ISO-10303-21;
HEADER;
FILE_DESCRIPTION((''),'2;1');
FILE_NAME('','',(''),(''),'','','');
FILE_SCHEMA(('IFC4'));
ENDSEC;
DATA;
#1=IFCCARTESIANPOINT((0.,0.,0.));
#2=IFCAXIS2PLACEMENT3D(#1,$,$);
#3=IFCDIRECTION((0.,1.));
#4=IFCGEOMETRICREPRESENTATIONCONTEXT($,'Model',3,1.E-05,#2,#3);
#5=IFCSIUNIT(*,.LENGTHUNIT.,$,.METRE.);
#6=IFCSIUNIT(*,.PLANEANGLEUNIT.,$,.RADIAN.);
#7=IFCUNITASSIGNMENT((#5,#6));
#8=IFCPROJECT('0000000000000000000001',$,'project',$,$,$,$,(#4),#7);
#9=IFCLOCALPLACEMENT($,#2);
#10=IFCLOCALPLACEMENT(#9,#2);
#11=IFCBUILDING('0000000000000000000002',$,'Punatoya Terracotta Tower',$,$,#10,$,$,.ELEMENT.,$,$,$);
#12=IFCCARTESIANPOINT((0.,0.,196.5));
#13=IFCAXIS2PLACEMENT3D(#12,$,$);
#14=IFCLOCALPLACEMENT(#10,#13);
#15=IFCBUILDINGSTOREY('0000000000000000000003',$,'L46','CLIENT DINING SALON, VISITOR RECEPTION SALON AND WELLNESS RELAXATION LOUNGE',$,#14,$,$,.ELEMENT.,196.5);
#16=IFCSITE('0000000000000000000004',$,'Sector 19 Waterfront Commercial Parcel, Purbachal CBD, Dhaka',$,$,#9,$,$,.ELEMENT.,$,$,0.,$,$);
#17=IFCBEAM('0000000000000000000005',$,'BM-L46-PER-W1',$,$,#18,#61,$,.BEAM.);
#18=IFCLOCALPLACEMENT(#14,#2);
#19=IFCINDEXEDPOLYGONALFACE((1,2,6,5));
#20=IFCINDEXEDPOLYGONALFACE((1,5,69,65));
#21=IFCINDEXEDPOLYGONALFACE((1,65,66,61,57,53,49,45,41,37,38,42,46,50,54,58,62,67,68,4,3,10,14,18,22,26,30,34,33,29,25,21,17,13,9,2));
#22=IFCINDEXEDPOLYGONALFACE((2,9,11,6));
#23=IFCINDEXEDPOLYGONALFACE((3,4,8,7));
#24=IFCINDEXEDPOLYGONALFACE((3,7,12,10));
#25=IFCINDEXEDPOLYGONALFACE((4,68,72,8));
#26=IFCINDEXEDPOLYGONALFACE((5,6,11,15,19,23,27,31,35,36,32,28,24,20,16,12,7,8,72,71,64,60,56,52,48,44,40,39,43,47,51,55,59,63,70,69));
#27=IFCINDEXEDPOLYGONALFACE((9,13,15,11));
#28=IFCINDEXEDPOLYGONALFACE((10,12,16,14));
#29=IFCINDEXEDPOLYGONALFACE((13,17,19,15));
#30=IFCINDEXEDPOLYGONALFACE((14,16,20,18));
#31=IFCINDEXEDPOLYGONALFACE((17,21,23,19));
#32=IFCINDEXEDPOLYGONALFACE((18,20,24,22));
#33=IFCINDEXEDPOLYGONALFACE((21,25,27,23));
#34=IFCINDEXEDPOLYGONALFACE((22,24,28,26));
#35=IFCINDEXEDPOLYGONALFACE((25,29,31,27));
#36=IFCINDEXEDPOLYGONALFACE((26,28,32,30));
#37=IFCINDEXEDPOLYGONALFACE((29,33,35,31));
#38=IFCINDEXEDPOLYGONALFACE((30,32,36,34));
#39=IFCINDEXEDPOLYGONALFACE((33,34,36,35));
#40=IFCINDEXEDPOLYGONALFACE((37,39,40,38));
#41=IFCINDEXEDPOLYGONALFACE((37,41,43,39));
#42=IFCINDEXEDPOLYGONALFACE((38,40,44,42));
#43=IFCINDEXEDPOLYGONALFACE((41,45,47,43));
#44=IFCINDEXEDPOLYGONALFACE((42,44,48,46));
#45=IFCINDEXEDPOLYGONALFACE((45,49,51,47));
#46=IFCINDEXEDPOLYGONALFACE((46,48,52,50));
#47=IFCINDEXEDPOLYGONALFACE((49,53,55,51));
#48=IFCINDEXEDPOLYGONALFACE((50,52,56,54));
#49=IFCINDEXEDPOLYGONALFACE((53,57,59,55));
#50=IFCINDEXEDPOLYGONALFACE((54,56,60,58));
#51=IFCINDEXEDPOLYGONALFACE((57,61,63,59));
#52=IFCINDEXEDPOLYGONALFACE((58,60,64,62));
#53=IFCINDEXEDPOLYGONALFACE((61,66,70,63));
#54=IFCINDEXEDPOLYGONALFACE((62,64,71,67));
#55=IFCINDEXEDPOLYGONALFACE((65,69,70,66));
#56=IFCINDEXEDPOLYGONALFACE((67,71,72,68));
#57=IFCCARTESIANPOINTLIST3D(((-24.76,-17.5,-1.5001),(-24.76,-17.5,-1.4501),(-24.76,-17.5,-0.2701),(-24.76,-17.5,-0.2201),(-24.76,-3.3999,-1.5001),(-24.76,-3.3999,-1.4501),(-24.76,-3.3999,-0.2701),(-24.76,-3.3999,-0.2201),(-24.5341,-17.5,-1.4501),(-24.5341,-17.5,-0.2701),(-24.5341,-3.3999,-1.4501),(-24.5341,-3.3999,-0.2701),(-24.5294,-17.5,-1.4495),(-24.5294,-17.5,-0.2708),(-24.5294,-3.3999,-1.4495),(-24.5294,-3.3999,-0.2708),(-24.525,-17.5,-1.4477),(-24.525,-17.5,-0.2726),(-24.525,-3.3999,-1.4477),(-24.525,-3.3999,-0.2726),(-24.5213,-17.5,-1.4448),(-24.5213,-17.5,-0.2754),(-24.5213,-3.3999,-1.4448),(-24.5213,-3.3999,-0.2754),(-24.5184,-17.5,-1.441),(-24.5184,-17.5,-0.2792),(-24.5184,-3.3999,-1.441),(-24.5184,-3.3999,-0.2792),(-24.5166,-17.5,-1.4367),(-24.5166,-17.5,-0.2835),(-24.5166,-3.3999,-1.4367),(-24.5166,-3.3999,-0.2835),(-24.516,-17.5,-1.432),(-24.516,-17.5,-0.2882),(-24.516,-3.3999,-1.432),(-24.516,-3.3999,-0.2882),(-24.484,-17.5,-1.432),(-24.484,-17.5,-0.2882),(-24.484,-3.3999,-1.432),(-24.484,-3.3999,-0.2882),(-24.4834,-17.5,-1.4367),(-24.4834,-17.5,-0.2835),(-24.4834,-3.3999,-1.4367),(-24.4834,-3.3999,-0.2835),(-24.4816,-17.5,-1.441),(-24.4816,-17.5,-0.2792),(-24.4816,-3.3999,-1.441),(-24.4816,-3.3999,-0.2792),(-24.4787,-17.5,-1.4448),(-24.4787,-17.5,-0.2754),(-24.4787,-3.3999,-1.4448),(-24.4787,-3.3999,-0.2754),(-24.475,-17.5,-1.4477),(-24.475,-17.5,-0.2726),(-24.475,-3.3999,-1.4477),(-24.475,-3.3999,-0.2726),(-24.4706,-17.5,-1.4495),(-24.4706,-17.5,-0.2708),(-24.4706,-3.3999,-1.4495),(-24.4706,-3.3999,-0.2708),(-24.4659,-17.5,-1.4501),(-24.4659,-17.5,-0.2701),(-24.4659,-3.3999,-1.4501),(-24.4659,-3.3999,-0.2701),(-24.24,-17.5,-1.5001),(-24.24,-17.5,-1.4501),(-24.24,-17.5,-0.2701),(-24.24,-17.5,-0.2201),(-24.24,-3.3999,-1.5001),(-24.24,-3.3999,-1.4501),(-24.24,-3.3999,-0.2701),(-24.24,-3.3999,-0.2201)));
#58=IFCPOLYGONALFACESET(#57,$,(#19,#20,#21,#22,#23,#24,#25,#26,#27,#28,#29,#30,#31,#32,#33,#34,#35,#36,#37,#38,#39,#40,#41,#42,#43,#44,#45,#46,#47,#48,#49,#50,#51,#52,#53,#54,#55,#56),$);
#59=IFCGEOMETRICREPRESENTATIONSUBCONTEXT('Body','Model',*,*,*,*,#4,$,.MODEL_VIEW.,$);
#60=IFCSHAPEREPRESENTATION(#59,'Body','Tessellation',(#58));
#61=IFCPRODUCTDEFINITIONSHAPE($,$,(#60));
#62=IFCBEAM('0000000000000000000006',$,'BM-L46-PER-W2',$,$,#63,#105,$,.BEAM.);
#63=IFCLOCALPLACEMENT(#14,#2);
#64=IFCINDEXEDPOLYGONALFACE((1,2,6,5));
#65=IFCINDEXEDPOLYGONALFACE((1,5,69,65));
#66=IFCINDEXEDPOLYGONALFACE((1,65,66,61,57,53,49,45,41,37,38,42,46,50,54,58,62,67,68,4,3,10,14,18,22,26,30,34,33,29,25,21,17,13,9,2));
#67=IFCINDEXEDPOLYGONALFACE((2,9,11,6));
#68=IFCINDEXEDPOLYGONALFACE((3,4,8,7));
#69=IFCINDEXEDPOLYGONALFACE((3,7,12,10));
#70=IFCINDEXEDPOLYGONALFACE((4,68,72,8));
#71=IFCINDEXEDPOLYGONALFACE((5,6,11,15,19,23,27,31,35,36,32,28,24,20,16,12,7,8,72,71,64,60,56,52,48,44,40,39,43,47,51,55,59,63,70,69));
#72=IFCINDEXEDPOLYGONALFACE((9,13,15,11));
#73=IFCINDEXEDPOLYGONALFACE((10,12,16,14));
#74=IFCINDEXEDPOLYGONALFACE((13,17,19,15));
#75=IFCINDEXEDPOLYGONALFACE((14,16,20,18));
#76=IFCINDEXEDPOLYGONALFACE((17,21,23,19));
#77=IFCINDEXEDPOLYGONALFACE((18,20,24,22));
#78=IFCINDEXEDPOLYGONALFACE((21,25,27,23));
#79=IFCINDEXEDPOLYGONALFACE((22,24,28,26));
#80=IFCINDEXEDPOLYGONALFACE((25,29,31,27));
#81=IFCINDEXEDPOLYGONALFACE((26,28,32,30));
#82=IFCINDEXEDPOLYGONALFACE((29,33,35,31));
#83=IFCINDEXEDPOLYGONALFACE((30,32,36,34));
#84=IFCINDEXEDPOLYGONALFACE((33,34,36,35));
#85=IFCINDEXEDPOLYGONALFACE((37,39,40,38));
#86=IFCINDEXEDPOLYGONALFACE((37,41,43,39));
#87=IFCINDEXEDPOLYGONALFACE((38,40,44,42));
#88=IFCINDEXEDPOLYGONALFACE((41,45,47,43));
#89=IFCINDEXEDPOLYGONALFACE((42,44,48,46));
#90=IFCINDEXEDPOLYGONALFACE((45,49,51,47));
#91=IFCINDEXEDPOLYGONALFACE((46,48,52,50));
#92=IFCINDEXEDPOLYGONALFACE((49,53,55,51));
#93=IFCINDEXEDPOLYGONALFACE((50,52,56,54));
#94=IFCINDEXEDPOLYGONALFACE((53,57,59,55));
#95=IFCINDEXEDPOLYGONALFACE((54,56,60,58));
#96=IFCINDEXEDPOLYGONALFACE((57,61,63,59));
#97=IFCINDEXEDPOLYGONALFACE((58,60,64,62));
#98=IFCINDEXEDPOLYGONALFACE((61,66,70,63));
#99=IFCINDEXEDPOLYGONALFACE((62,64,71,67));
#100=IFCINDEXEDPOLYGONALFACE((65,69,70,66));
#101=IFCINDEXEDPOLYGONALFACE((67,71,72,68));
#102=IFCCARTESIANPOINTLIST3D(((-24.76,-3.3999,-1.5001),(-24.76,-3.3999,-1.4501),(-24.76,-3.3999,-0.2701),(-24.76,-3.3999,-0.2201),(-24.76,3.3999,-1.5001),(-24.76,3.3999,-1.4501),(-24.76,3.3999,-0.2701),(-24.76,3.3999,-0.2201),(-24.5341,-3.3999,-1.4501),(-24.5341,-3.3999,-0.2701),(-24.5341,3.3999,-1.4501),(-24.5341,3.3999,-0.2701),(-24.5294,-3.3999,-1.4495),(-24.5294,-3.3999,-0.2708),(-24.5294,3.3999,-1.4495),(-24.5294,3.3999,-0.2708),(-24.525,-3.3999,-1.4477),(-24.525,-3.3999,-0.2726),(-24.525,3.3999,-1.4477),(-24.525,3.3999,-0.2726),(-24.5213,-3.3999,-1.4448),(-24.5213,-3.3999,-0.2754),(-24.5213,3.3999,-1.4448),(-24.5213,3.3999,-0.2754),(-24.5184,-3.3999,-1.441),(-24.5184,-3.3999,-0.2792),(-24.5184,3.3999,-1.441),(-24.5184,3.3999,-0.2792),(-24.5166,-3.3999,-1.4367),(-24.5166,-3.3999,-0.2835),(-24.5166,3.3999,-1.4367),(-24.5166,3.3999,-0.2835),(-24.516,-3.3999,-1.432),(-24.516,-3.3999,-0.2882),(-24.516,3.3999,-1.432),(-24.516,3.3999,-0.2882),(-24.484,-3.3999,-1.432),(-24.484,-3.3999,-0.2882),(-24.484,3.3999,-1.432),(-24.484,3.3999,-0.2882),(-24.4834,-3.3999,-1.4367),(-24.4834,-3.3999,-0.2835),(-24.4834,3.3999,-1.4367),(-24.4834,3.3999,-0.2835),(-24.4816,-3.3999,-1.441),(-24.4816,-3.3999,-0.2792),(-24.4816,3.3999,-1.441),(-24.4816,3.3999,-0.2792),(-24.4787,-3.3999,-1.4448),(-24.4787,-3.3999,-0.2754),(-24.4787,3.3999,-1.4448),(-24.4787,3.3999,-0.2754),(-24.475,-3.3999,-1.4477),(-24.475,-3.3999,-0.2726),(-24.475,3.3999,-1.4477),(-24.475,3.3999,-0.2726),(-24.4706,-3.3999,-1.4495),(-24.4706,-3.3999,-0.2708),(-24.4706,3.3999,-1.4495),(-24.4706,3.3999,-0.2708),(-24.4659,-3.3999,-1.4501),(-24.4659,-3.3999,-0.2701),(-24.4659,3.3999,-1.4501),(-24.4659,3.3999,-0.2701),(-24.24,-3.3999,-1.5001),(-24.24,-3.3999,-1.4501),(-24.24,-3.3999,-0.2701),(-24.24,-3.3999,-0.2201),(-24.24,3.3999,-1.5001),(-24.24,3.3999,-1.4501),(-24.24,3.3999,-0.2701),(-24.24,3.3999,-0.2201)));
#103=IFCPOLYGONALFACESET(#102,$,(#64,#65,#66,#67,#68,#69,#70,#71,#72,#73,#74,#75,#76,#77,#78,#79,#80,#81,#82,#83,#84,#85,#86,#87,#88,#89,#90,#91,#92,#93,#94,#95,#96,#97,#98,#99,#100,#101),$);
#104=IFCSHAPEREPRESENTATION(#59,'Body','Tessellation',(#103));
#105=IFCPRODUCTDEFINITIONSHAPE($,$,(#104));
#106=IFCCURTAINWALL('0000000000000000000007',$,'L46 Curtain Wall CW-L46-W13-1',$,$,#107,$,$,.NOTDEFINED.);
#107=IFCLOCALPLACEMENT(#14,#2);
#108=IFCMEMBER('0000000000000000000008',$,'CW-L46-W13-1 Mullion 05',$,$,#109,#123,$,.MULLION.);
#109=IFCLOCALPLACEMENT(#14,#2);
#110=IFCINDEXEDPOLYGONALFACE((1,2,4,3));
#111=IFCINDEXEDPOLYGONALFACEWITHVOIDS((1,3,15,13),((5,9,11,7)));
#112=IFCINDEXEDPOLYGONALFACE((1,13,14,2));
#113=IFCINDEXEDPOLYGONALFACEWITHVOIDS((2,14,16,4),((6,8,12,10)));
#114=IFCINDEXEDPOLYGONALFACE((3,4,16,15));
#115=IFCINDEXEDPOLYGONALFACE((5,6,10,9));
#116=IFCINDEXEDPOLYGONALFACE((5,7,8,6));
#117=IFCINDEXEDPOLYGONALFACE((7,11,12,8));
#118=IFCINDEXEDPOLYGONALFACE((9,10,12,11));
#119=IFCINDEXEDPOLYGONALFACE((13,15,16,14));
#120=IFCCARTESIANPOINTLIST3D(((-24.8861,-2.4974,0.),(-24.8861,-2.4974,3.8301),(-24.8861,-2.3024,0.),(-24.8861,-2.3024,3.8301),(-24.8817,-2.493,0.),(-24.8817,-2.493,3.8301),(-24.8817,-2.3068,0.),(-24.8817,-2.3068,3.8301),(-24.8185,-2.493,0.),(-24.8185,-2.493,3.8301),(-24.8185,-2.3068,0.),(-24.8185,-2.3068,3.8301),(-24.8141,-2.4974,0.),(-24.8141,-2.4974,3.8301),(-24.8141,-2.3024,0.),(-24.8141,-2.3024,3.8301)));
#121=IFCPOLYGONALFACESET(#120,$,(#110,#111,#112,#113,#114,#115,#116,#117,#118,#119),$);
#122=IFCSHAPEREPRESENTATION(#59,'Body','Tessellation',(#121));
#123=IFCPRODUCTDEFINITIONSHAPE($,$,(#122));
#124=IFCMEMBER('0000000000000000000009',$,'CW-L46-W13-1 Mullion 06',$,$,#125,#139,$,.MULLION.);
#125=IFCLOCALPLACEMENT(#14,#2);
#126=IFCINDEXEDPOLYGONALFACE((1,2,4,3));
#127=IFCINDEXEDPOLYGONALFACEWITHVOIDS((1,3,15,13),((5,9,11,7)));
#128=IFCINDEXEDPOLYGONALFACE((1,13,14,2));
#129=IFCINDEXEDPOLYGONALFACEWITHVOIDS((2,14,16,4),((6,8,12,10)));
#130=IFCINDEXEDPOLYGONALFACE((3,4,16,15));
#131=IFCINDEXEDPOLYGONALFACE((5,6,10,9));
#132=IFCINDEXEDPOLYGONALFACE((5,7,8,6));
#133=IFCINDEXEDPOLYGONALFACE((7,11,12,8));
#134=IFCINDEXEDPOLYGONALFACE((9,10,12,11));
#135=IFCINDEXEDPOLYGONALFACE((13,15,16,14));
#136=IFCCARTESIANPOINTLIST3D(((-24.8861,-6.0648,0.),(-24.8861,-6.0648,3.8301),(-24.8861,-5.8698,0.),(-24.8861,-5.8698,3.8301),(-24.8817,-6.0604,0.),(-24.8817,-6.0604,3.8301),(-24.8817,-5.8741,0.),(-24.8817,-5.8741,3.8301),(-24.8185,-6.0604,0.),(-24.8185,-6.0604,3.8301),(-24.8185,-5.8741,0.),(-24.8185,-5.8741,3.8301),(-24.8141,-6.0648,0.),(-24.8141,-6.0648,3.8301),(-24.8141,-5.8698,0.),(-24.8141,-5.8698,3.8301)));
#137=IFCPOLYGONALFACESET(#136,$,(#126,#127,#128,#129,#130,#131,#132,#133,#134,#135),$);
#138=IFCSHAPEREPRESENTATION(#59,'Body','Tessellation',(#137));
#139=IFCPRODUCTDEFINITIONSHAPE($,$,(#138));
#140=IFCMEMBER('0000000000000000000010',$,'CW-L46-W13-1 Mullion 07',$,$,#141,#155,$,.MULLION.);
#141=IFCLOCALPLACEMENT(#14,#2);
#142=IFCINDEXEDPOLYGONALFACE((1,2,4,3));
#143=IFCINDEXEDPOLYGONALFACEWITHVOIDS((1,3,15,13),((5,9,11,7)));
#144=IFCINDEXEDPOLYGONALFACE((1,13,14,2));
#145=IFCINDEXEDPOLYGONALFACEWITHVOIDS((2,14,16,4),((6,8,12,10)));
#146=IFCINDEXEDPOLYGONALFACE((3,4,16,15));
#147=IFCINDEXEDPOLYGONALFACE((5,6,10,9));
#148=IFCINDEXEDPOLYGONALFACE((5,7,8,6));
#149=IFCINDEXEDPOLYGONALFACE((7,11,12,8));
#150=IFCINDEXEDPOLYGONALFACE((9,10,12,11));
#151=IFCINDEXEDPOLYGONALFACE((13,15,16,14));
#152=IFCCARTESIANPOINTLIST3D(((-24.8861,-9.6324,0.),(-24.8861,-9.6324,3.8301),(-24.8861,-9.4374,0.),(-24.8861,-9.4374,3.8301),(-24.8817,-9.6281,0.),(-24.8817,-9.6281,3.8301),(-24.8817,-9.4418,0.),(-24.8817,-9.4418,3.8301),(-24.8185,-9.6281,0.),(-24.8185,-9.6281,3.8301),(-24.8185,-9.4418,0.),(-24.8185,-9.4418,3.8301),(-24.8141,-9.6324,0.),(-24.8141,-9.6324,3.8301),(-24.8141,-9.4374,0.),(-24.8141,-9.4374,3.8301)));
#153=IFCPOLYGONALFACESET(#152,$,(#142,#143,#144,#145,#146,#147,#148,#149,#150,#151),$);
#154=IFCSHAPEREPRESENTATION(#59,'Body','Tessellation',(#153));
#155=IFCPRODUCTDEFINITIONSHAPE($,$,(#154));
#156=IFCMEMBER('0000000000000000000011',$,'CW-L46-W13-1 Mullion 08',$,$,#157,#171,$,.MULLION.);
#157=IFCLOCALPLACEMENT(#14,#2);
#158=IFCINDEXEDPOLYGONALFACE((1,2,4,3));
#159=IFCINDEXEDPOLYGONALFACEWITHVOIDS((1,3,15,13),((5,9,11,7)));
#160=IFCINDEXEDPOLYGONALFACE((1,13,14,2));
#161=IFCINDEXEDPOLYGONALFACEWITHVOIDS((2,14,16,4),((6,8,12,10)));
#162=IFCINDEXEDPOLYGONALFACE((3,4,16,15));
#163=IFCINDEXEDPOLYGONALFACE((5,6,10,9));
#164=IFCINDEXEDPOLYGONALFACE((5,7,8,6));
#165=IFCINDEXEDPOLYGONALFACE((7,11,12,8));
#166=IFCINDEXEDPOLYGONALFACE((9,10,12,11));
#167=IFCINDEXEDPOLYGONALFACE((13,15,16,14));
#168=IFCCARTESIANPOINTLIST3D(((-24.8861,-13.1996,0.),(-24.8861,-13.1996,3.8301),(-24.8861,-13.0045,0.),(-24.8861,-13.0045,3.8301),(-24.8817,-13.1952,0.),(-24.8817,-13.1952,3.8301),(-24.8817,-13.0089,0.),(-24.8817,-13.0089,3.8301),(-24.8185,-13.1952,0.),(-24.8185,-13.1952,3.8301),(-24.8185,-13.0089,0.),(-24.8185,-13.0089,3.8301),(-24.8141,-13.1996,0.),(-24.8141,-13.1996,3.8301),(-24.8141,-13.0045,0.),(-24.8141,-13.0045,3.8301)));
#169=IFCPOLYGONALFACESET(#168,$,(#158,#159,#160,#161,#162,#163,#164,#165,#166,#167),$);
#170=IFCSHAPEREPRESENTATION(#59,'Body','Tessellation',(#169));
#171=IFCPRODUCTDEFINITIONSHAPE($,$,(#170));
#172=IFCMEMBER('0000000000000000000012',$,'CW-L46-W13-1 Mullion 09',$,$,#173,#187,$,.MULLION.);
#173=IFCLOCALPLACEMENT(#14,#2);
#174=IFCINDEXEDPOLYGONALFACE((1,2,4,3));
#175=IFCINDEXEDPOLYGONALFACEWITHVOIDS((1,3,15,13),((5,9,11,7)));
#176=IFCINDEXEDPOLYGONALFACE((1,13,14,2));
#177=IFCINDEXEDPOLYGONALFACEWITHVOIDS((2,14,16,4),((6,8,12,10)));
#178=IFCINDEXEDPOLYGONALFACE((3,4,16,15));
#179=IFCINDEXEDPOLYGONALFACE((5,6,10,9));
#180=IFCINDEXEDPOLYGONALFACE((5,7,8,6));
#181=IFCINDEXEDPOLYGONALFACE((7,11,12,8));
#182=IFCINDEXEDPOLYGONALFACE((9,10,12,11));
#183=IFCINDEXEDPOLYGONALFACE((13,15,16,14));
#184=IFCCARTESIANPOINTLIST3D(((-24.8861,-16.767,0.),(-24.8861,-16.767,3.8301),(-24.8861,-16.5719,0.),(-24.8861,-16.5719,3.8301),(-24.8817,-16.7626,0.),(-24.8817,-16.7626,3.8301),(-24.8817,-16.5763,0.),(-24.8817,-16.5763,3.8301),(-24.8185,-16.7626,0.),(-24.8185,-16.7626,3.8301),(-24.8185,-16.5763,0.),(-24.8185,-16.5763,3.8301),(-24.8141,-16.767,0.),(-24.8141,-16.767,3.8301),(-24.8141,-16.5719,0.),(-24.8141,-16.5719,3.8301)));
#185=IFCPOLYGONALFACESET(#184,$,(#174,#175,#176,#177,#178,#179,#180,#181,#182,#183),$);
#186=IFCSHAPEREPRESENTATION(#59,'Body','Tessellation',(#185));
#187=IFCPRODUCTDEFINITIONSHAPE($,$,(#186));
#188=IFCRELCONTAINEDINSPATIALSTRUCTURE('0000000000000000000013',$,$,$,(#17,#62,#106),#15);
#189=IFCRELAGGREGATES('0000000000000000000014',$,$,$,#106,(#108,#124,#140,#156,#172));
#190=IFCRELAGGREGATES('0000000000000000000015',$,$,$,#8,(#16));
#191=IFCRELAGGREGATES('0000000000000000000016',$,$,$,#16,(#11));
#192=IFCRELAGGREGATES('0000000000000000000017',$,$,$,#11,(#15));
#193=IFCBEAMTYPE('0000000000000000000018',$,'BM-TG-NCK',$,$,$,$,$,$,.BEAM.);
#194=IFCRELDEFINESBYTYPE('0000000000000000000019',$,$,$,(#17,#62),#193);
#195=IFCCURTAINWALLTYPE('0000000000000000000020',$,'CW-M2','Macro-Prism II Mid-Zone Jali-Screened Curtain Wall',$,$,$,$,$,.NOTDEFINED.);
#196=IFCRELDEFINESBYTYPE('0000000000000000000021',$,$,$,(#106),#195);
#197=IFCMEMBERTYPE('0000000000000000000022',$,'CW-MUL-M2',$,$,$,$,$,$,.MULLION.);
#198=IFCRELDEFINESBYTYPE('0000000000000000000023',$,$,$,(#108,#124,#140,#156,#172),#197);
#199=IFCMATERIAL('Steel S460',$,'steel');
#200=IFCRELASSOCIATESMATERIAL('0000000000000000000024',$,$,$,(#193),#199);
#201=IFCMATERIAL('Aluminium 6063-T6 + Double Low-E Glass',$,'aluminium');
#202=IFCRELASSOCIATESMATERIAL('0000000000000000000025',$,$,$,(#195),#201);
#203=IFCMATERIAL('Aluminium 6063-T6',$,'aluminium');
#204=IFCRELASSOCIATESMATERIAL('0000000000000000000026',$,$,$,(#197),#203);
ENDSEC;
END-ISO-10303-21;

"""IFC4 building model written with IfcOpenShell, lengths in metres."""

from ifc_helpers import new_model, si_unit, direction, frame, origin, origin_2d, place, context, subcontext, project, spatial, hollow_rectangle, i_section, extrude, material, material_profile, profile_set, type_object, element, aggregate, save


model = new_model("IFC4")

# Units and contexts
model_context = context("Model", 3, precision=1e-05, world=origin(), true_north=direction((0.0, 1.0)))
body_context = subcontext(model_context, "Body", "Model", "MODEL_VIEW")
ifc_project = project(units=[si_unit("LENGTHUNIT", "METRE"), si_unit("PLANEANGLEUNIT", "RADIAN")], contexts=[model_context])

# Site, building, storey
site_placement = place(None, origin())
site = spatial("IfcSite", under=ifc_project, at=site_placement, Name="Sector 19 Waterfront Commercial Parcel, Purbachal CBD, Dhaka", CompositionType="ELEMENT", RefElevation=0.0)
building_placement = place(site_placement, origin())
building = spatial("IfcBuilding", under=site, at=building_placement, Name="Punatoya Terracotta Tower", CompositionType="ELEMENT")
storey_placement = place(building_placement, frame((0.0, 0.0, 196.5)))
storey = spatial("IfcBuildingStorey", under=building, at=storey_placement, Name="L46", Description="CLIENT DINING SALON, VISITOR RECEPTION SALON AND WELLNESS RELAXATION LOUNGE", CompositionType="ELEMENT", Elevation=196.5)

# Shared definitions
ifc_material_1 = material(Name="Steel S460", Category="steel")

# Beams
ifc_material_profile_1 = material_profile(ifc_material_1, i_section(OverallWidth=0.52, OverallDepth=1.28, WebThickness=0.032, FlangeThickness=0.05, FilletRadius=0.0181, at=origin_2d()))
ifc_profile_set_1 = profile_set([ifc_material_profile_1], Name="Steel S460")
beam_type_1 = type_object("IfcBeamType", Name="BM-TG-NCK", PredefinedType="BEAM", material=ifc_profile_set_1)
beam_1_placement = place(storey_placement, frame((-24.5, -17.5, -0.8601), z_axis=(0.0, 1.0, 0.0), x_axis=(-1.0, 0.0, 0.0)))
element("IfcBeam", 1, at=beam_1_placement, inside=storey, type_object=beam_type_1, Name="BM-L46-PER-W1", PredefinedType="BEAM", context=body_context, shape_type="SweptSolid", body=[
    extrude(i_section(OverallWidth=0.52, OverallDepth=1.28, WebThickness=0.032, FlangeThickness=0.05, FilletRadius=0.0181, at=origin_2d()), origin(), (0.0, 0.0, 1.0), 14.1001),
])
beam_2_placement = place(storey_placement, frame((-24.5, -3.3999, -0.8601), z_axis=(0.0, 1.0, 0.0), x_axis=(-1.0, 0.0, 0.0)))
element("IfcBeam", 2, at=beam_2_placement, inside=storey, type_object=beam_type_1, Name="BM-L46-PER-W2", PredefinedType="BEAM", context=body_context, shape_type="SweptSolid", body=[
    extrude(i_section(OverallWidth=0.52, OverallDepth=1.28, WebThickness=0.032, FlangeThickness=0.05, FilletRadius=0.0181, at=origin_2d()), origin(), (0.0, 0.0, 1.0), 6.7998),
])

# Curtain wall, members
ifc_material_2 = material(Name="Aluminium 6063-T6 + Double Low-E Glass", Category="aluminium")
curtain_wall_type = type_object("IfcCurtainWallType", Name="CW-M2", Description="Macro-Prism II Mid-Zone Jali-Screened Curtain Wall", PredefinedType="NOTDEFINED", material=ifc_material_2)
curtain_wall_1_placement = place(storey_placement, origin())
curtain_wall_1 = element("IfcCurtainWall", 3, at=curtain_wall_1_placement, inside=storey, type_object=curtain_wall_type, Name="L46 Curtain Wall CW-L46-W13-1", PredefinedType="NOTDEFINED")
ifc_material_3 = material(Name="Aluminium 6063-T6", Category="aluminium")
ifc_material_profile_2 = material_profile(ifc_material_3, hollow_rectangle(XDim=0.072, YDim=0.1951, WallThickness=0.0044, at=origin_2d()))
ifc_profile_set_2 = profile_set([ifc_material_profile_2], Name="Aluminium 6063-T6")
member_type_1 = type_object("IfcMemberType", Name="CW-MUL-M2", PredefinedType="MULLION", material=ifc_profile_set_2)
member_1_placement = place(storey_placement, frame((-24.8501, -2.3999, 0.0), z_axis=(0.0, 0.0, 1.0), x_axis=(1.0, 0.0, 0.0)))
member_1 = element("IfcMember", 4, at=member_1_placement, type_object=member_type_1, Name="CW-L46-W13-1 Mullion 05", PredefinedType="MULLION", context=body_context, shape_type="SweptSolid", body=[
    extrude(hollow_rectangle(XDim=0.072, YDim=0.1951, WallThickness=0.0044, at=origin_2d()), origin(), (0.0, 0.0, 1.0), 3.8301),
])
member_2_placement = place(storey_placement, frame((-24.8501, -5.9673, 0.0), z_axis=(0.0, 0.0, 1.0), x_axis=(1.0, 0.0, 0.0)))
member_2 = element("IfcMember", 5, at=member_2_placement, type_object=member_type_1, Name="CW-L46-W13-1 Mullion 06", PredefinedType="MULLION", context=body_context, shape_type="SweptSolid", body=[
    extrude(hollow_rectangle(XDim=0.072, YDim=0.1951, WallThickness=0.0044, at=origin_2d()), origin(), (0.0, 0.0, 1.0), 3.8301),
])
member_3_placement = place(storey_placement, frame((-24.8501, -9.5349, 0.0), z_axis=(0.0, 0.0, 1.0), x_axis=(1.0, 0.0, 0.0)))
member_3 = element("IfcMember", 6, at=member_3_placement, type_object=member_type_1, Name="CW-L46-W13-1 Mullion 07", PredefinedType="MULLION", context=body_context, shape_type="SweptSolid", body=[
    extrude(hollow_rectangle(XDim=0.072, YDim=0.1951, WallThickness=0.0044, at=origin_2d()), origin(), (0.0, 0.0, 1.0), 3.8301),
])
member_4_placement = place(storey_placement, frame((-24.8501, -13.1021, 0.0), z_axis=(0.0, 0.0, 1.0), x_axis=(1.0, 0.0, 0.0)))
member_4 = element("IfcMember", 7, at=member_4_placement, type_object=member_type_1, Name="CW-L46-W13-1 Mullion 08", PredefinedType="MULLION", context=body_context, shape_type="SweptSolid", body=[
    extrude(hollow_rectangle(XDim=0.072, YDim=0.1951, WallThickness=0.0044, at=origin_2d()), origin(), (0.0, 0.0, 1.0), 3.8301),
])
member_5_placement = place(storey_placement, frame((-24.8501, -16.6694, 0.0), z_axis=(0.0, 0.0, 1.0), x_axis=(1.0, 0.0, 0.0)))
member_5 = element("IfcMember", 8, at=member_5_placement, type_object=member_type_1, Name="CW-L46-W13-1 Mullion 09", PredefinedType="MULLION", context=body_context, shape_type="SweptSolid", body=[
    extrude(hollow_rectangle(XDim=0.072, YDim=0.1951, WallThickness=0.0044, at=origin_2d()), origin(), (0.0, 0.0, 1.0), 3.8301),
])

aggregate(curtain_wall_1, [member_1, member_2, member_3, member_4, member_5])

save(model, "model.ifc")
